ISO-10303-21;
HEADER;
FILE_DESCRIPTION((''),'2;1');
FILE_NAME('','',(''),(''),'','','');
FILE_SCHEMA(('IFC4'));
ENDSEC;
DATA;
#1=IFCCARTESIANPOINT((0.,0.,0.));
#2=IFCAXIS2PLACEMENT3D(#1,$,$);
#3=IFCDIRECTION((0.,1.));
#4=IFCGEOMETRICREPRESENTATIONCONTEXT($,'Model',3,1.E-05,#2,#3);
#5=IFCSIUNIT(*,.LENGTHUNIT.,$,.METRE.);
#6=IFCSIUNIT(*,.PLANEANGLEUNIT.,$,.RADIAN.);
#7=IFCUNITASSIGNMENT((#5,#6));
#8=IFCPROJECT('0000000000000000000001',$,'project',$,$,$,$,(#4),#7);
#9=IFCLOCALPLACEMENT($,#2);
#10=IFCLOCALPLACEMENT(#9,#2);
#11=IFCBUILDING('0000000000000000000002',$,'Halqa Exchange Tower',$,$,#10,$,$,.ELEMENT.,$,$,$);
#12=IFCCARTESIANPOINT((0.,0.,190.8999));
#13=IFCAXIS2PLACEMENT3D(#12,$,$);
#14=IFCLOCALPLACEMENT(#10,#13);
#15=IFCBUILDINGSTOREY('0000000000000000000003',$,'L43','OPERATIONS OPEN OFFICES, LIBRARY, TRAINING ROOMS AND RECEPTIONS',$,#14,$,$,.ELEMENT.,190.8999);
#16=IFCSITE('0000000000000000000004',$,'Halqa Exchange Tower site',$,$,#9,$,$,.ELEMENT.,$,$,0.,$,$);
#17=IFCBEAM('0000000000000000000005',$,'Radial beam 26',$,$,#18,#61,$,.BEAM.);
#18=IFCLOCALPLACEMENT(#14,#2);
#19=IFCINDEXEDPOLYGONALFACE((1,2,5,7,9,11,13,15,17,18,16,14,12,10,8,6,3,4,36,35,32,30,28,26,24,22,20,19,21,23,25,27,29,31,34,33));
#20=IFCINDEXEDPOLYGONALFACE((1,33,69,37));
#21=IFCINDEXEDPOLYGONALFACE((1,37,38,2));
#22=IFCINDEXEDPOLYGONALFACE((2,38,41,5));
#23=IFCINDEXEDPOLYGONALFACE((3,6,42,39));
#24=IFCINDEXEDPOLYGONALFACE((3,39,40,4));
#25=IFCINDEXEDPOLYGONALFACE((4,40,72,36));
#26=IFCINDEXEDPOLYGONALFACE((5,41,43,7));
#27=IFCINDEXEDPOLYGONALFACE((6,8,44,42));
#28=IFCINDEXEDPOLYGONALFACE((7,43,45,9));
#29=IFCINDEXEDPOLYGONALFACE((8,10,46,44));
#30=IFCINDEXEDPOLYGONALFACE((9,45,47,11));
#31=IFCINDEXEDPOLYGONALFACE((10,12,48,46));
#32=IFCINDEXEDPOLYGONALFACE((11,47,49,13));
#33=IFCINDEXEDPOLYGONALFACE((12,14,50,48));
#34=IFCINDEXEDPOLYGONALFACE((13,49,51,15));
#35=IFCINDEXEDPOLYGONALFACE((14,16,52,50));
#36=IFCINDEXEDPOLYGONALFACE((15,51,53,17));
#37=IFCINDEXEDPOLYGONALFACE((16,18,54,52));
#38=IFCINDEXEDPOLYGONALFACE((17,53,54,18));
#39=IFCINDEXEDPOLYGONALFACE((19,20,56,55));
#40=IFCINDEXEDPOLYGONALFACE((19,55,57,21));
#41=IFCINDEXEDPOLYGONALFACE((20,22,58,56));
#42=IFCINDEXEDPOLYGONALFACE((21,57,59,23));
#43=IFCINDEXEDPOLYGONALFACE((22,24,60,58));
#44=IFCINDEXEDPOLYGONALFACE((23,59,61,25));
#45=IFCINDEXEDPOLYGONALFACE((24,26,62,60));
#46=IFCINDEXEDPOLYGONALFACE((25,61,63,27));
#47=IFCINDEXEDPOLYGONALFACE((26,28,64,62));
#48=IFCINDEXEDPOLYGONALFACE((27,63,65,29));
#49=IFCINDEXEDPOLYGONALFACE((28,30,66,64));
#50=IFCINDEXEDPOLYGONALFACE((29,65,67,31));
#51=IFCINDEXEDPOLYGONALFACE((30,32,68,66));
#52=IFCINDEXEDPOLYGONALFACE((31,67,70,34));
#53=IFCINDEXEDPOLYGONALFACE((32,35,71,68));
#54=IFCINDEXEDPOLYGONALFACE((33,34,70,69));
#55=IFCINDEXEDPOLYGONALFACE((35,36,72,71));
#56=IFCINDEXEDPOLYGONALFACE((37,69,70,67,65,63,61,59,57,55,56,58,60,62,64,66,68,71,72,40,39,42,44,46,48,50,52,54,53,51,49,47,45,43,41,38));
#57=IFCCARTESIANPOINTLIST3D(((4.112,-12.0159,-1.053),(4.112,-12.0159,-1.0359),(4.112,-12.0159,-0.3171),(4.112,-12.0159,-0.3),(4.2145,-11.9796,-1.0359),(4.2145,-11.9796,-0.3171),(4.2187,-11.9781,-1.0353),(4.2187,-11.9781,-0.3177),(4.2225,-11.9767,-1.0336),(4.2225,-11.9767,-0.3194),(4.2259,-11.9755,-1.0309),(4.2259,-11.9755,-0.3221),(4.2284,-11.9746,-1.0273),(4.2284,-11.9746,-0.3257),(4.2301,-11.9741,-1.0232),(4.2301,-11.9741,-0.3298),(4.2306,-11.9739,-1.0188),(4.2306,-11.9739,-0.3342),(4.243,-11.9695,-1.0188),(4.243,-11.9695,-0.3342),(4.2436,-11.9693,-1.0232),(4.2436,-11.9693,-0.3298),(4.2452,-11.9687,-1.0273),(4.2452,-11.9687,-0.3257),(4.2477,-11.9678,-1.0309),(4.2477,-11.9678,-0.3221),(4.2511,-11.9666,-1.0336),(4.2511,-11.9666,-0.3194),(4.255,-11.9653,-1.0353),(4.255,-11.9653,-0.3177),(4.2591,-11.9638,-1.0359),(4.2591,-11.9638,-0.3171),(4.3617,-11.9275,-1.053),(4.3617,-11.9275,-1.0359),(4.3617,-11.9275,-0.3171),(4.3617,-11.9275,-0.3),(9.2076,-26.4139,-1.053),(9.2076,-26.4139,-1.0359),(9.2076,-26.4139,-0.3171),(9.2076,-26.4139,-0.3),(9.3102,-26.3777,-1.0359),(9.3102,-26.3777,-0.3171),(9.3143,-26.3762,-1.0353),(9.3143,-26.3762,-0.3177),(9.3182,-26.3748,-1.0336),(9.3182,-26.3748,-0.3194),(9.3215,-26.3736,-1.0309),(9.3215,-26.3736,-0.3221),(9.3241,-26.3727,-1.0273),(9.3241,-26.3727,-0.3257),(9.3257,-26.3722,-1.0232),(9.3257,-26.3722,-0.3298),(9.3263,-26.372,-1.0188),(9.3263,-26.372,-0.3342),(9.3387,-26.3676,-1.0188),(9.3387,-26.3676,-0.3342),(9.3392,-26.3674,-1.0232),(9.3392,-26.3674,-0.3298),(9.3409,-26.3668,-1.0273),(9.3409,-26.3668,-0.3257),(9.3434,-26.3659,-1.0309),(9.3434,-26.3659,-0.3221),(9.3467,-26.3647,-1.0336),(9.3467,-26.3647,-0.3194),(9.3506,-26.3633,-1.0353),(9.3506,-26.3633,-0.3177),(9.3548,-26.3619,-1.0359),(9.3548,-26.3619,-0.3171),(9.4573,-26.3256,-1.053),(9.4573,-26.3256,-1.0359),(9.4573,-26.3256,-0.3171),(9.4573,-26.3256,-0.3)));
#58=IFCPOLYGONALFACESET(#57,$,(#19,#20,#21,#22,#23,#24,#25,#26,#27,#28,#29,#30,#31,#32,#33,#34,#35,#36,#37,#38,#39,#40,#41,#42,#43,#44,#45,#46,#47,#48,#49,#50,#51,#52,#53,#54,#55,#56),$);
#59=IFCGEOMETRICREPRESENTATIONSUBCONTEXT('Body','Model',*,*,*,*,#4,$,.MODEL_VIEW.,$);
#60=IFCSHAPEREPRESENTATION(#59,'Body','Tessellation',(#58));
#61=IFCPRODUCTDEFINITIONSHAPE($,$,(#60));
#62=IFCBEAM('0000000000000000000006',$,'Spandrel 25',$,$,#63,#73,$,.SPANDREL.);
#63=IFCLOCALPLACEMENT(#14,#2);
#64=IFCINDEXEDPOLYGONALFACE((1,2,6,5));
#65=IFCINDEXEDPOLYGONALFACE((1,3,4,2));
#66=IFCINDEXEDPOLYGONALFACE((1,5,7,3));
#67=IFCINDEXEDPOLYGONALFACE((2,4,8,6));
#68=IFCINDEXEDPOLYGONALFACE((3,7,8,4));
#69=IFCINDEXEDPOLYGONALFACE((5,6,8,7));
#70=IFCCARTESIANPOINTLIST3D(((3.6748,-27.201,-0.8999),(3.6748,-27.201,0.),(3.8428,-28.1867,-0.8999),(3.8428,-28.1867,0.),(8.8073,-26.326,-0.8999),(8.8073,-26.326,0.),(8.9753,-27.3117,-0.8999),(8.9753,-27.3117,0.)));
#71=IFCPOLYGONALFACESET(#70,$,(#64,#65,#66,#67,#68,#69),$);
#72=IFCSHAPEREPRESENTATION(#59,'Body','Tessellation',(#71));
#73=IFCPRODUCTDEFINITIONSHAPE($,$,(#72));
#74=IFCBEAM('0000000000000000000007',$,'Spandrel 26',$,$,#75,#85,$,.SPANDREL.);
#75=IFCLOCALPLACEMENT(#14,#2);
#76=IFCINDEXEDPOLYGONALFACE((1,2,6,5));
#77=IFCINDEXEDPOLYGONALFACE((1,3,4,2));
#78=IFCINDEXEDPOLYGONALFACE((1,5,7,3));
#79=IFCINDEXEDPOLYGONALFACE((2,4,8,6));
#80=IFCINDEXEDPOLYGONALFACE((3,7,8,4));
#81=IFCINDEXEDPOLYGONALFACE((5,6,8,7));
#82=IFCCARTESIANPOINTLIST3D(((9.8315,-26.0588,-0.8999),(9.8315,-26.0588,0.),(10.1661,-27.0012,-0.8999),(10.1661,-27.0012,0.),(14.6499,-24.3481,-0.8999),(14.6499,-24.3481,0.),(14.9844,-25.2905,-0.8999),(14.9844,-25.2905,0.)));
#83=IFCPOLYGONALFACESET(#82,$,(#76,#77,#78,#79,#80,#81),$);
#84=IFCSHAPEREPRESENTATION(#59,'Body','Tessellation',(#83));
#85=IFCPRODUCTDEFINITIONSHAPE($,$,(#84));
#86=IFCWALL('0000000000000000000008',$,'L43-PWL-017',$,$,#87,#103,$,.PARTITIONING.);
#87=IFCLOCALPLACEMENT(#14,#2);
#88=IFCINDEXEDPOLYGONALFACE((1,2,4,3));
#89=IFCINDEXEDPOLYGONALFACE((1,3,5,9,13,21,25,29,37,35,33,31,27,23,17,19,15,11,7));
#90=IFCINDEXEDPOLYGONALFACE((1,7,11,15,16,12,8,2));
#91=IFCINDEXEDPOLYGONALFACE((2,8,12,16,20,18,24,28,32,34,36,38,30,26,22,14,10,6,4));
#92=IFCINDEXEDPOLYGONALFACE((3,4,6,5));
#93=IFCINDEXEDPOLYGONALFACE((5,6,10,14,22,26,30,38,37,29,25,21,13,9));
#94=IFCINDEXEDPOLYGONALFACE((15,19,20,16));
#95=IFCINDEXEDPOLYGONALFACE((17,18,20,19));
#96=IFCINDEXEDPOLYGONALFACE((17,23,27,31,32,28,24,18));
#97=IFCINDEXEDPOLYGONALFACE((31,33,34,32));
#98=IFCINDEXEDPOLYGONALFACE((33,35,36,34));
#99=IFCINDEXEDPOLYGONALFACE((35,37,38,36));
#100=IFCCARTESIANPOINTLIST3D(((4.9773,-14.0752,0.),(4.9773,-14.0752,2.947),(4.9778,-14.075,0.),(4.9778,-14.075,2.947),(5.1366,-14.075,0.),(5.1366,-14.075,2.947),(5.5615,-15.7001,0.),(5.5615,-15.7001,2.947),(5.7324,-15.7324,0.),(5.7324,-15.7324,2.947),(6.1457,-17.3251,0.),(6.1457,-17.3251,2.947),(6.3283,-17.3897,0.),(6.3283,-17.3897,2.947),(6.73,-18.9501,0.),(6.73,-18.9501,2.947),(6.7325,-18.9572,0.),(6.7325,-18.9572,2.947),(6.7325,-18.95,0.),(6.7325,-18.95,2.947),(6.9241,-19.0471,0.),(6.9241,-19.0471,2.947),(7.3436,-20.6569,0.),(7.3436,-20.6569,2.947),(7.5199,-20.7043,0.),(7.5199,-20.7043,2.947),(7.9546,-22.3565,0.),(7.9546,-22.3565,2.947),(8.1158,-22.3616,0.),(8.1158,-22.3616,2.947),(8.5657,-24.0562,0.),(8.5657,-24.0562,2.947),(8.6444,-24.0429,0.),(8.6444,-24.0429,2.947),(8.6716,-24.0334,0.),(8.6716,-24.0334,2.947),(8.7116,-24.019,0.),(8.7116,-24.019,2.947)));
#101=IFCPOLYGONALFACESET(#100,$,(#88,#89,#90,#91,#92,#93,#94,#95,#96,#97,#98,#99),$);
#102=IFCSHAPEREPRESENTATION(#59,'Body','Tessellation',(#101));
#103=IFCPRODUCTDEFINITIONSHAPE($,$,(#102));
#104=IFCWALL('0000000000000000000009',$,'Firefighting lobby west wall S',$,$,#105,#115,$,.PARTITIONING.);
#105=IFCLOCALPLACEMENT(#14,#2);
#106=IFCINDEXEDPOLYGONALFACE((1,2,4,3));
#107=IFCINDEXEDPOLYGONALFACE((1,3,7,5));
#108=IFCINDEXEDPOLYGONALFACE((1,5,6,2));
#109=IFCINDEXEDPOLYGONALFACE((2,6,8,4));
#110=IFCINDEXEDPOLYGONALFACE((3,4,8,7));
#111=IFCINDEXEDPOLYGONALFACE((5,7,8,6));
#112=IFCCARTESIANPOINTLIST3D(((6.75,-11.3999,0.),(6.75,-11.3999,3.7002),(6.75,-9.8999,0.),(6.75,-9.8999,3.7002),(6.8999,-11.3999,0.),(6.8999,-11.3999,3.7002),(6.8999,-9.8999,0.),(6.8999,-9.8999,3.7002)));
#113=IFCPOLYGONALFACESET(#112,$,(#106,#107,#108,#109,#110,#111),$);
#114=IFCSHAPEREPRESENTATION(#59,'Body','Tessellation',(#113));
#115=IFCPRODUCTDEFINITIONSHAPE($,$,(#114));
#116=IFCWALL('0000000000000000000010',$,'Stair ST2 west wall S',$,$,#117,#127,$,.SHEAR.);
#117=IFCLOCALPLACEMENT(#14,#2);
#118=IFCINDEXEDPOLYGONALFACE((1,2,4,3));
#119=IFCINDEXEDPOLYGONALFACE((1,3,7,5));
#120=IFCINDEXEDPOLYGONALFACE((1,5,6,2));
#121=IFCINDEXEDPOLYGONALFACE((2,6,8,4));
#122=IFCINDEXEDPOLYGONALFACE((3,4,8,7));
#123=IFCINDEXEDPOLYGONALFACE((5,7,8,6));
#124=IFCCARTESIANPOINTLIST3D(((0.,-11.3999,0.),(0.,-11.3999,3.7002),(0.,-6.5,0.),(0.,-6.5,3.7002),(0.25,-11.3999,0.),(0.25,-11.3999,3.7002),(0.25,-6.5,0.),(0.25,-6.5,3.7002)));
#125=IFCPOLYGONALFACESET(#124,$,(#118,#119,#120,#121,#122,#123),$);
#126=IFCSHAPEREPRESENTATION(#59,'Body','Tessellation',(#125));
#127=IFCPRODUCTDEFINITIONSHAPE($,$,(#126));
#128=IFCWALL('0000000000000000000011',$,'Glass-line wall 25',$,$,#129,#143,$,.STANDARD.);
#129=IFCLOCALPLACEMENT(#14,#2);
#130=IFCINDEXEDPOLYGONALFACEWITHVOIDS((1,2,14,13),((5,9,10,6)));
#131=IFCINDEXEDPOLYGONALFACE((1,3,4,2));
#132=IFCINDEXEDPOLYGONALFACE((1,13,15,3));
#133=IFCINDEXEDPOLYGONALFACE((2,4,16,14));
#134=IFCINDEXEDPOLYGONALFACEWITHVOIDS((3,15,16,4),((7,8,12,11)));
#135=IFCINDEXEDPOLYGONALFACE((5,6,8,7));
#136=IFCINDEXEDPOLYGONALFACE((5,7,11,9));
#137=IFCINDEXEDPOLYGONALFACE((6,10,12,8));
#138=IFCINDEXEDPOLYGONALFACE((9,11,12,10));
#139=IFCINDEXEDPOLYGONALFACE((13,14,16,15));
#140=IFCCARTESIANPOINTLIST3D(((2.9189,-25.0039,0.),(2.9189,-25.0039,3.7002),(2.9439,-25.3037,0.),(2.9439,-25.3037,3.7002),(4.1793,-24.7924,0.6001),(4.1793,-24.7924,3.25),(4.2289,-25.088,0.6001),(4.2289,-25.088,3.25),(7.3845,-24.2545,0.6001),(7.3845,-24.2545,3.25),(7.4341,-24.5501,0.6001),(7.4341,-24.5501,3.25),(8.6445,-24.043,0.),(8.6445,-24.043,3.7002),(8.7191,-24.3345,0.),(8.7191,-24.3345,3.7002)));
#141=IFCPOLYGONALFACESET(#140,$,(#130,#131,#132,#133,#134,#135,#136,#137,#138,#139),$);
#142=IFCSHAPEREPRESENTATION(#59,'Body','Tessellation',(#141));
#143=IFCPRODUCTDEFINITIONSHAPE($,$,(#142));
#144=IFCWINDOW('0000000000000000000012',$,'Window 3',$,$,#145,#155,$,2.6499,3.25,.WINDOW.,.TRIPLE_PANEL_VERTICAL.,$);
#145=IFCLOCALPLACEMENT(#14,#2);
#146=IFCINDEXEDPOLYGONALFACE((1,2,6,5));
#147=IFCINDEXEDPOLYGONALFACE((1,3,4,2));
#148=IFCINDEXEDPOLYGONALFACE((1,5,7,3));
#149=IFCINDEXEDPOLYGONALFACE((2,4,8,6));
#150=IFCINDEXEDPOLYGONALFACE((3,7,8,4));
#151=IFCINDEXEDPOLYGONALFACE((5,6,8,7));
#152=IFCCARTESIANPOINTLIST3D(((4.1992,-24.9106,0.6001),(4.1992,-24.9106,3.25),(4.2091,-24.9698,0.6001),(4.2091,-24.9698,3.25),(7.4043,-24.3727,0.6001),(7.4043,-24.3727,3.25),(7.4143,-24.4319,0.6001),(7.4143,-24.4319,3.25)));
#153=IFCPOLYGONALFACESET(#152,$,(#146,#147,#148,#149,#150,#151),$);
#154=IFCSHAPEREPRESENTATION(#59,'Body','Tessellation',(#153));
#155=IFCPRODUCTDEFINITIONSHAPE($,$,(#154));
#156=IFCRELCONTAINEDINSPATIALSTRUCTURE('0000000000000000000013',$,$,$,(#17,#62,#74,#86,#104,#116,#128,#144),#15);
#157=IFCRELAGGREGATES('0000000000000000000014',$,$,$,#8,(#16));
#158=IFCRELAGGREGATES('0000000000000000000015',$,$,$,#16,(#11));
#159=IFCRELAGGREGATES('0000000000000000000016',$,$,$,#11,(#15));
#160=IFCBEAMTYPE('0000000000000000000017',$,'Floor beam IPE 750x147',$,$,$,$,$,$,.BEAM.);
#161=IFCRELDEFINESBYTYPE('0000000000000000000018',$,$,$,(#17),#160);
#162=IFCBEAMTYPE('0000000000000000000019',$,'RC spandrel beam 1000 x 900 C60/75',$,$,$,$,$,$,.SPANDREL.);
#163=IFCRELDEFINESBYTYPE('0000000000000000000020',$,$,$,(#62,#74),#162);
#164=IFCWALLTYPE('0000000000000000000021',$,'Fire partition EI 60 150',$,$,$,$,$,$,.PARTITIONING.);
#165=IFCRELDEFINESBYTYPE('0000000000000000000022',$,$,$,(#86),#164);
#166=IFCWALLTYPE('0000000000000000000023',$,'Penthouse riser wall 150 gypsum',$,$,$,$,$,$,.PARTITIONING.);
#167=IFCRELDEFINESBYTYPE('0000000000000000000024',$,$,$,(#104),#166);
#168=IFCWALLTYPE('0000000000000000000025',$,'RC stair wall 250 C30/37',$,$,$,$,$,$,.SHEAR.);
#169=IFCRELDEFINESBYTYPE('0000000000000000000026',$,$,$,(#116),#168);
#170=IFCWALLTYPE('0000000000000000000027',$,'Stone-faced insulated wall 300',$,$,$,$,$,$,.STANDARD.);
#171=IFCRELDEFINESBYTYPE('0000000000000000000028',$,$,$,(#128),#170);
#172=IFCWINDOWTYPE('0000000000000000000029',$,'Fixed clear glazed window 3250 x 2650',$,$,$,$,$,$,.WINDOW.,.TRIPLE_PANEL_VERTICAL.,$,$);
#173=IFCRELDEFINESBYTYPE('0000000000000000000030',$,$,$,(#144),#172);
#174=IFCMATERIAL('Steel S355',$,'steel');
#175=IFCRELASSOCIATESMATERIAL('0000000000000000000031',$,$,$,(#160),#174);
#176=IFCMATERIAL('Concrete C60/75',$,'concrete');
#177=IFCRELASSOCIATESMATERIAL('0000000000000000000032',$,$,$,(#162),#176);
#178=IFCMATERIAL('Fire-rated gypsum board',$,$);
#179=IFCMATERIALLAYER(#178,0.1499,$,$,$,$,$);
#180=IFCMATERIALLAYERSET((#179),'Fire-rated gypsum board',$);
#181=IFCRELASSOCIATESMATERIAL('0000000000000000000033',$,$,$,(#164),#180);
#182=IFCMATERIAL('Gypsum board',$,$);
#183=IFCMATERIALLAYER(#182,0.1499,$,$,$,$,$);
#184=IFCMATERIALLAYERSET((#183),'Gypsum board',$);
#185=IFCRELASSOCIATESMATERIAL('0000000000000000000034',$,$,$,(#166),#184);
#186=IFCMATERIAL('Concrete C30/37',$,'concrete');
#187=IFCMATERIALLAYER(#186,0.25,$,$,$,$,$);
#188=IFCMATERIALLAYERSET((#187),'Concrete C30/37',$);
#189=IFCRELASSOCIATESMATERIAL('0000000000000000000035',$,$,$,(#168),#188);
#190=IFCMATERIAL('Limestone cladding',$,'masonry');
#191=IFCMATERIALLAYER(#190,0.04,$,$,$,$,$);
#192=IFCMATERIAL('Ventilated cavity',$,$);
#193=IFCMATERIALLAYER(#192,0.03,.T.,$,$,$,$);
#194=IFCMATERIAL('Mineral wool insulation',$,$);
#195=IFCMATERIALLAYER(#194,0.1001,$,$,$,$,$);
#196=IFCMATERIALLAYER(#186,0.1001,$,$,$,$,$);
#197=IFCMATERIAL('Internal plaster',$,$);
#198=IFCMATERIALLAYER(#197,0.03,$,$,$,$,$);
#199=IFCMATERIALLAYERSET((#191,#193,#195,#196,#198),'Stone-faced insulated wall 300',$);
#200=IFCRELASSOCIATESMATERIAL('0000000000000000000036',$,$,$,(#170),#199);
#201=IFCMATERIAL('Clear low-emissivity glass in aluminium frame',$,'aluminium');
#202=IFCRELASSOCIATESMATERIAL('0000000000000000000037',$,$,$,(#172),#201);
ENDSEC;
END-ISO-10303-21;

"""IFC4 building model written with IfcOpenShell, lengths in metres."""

from ifc_helpers import new_model, si_unit, direction, frame, frame_2d, origin, origin_2d, place, context, subcontext, project, spatial, polyline, rectangle, i_section, outline, extrude, material, layer, layer_set, material_profile, profile_set, type_object, element, fill, save


model = new_model("IFC4")

# Units and contexts
model_context = context("Model", 3, precision=1e-05, world=origin(), true_north=direction((0.0, 1.0)))
body_context = subcontext(model_context, "Body", "Model", "MODEL_VIEW")
ifc_project = project(units=[si_unit("LENGTHUNIT", "METRE"), si_unit("PLANEANGLEUNIT", "RADIAN")], contexts=[model_context])

# Site, building, storey
site_placement = place(None, origin())
site = spatial("IfcSite", under=ifc_project, at=site_placement, Name="Halqa Exchange Tower site", CompositionType="ELEMENT", RefElevation=0.0)
building_placement = place(site_placement, origin())
building = spatial("IfcBuilding", under=site, at=building_placement, Name="Halqa Exchange Tower", CompositionType="ELEMENT")
storey_placement = place(building_placement, frame((0.0, 0.0, 190.8999)))
storey = spatial("IfcBuildingStorey", under=building, at=storey_placement, Name="L43", Description="OPERATIONS OPEN OFFICES, LIBRARY, TRAINING ROOMS AND RECEPTIONS", CompositionType="ELEMENT", Elevation=190.8999)

# Shared definitions
ifc_material_1 = material(Name="Concrete C60/75", Category="concrete")

# Beams
ifc_material_2 = material(Name="Steel S355", Category="steel")
ifc_material_profile_1 = material_profile(ifc_material_2, i_section(OverallWidth=0.2649, OverallDepth=0.7529, WebThickness=0.0132, FlangeThickness=0.0171, FilletRadius=0.0171, at=origin_2d()), Name="IPE 750x147")
ifc_profile_set_1 = profile_set([ifc_material_profile_1], Name="Steel S355")
beam_type_1 = type_object("IfcBeamType", Name="Floor beam IPE 750x147", PredefinedType="BEAM", material=ifc_profile_set_1)
beam_1_placement = place(storey_placement, frame((4.2368, -11.9717, -0.6765), z_axis=(0.333634, -0.942703, 0.0), x_axis=(0.942703, 0.333634, 0.0)))
element("IfcBeam", 1, at=beam_1_placement, inside=storey, type_object=beam_type_1, Name="Radial beam 26", PredefinedType="BEAM", context=body_context, shape_type="SweptSolid", body=[
    extrude(i_section(OverallWidth=0.2649, OverallDepth=0.7529, WebThickness=0.0132, FlangeThickness=0.0171, FilletRadius=0.0171, at=origin_2d()), origin(), (0.0, 0.0, 1.0), 15.2732),
])
ifc_material_profile_2 = material_profile(ifc_material_1, rectangle(XDim=1.0, YDim=0.8999, at=origin_2d()), Name="1000 x 900")
ifc_profile_set_2 = profile_set([ifc_material_profile_2], Name="Concrete C60/75")
beam_type_2 = type_object("IfcBeamType", Name="RC spandrel beam 1000 x 900 C60/75", PredefinedType="SPANDREL", material=ifc_profile_set_2)
beam_2_placement = place(storey_placement, frame((3.7588, -27.6938, -0.45), z_axis=(0.985778, 0.168055, 0.0), x_axis=(-0.168055, 0.985778, 0.0)))
element("IfcBeam", 2, at=beam_2_placement, inside=storey, type_object=beam_type_2, Name="Spandrel 25", PredefinedType="SPANDREL", context=body_context, shape_type="SweptSolid", body=[
    extrude(rectangle(XDim=1.0, YDim=0.8999, at=origin_2d()), origin(), (0.0, 0.0, 1.0), 5.2065),
])
beam_3_placement = place(storey_placement, frame((9.9988, -26.53, -0.45), z_axis=(0.942369, 0.334575, 0.0), x_axis=(-0.334575, 0.942369, 0.0)))
element("IfcBeam", 3, at=beam_3_placement, inside=storey, type_object=beam_type_2, Name="Spandrel 26", PredefinedType="SPANDREL", context=body_context, shape_type="SweptSolid", body=[
    extrude(rectangle(XDim=1.0, YDim=0.8999, at=origin_2d()), origin(), (0.0, 0.0, 1.0), 5.113),
])

# Wall
ifc_material_3 = material(Name="Fire-rated gypsum board")
ifc_layer_1 = layer(ifc_material_3, 0.1499)
ifc_layer_set_1 = layer_set([ifc_layer_1], Name="Fire-rated gypsum board")
wall_type_1 = type_object("IfcWallType", Name="Fire partition EI 60 150", PredefinedType="PARTITIONING", material=ifc_layer_set_1)
wall_1_placement = place(storey_placement, frame((5.0479, -14.0498, 0.0), z_axis=(0.0, 0.0, 1.0), x_axis=(0.338319, -0.941031, 0.0)))
element("IfcWall", 4, at=wall_1_placement, inside=storey, type_object=wall_type_1, Name="L43-PWL-017", PredefinedType="PARTITIONING", context=body_context, shape_type="SweptSolid", body=[
    extrude(outline(polyline([(0.0, -0.075), (1.7268, -0.075), (3.4536, -0.075), (5.1804, -0.075), (5.1812, -0.0725), (5.188, -0.075), (6.9941, -0.075), (8.8003, -0.075), (10.6064, -0.075), (10.6206, 0.0037), (10.6208, 0.0325), (10.6208, 0.075), (8.8596, 0.075), (7.0984, 0.075), (5.3374, 0.075), (3.5762, 0.075), (1.8149, 0.075), (0.0537, 0.075), (0.0, -0.0745), (0.0, -0.075)])), origin(), (0.0, 0.0, 1.0), 2.947),
])

# Shared definitions
ifc_material_4 = material(Name="Gypsum board")

# Walls
ifc_layer_2 = layer(ifc_material_4, 0.1499)
ifc_layer_set_2 = layer_set([ifc_layer_2], Name="Gypsum board")
wall_type_2 = type_object("IfcWallType", Name="Penthouse riser wall 150 gypsum", PredefinedType="PARTITIONING", material=ifc_layer_set_2)
wall_2_placement = place(storey_placement, frame((6.825, -11.3999, 0.0), z_axis=(0.0, 0.0, 1.0), x_axis=(0.0, 1.0, 0.0)))
element("IfcWall", 5, at=wall_2_placement, inside=storey, type_object=wall_type_2, Name="Firefighting lobby west wall S", PredefinedType="PARTITIONING", context=body_context, shape_type="SweptSolid", body=[
    extrude(rectangle(XDim=1.5, YDim=0.1499, at=frame_2d((0.75, 0.0))), origin(), (0.0, 0.0, 1.0), 3.7002),
])
ifc_material_5 = material(Name="Concrete C30/37", Category="concrete")
ifc_layer_3 = layer(ifc_material_5, 0.25)
ifc_layer_set_3 = layer_set([ifc_layer_3], Name="Concrete C30/37")
wall_type_3 = type_object("IfcWallType", Name="RC stair wall 250 C30/37", PredefinedType="SHEAR", material=ifc_layer_set_3)
wall_3_placement = place(storey_placement, frame((0.125, -11.3999, 0.0), z_axis=(0.0, 0.0, 1.0), x_axis=(0.0, 1.0, 0.0)))
element("IfcWall", 6, at=wall_3_placement, inside=storey, type_object=wall_type_3, Name="Stair ST2 west wall S", PredefinedType="SHEAR", context=body_context, shape_type="SweptSolid", body=[
    extrude(rectangle(XDim=4.8999, YDim=0.25, at=frame_2d((2.45, 0.0))), origin(), (0.0, 0.0, 1.0), 3.7002),
])

# Wall, opening, window
ifc_material_6 = material(Name="Limestone cladding", Category="masonry")
ifc_layer_4 = layer(ifc_material_6, 0.04)
ifc_material_7 = material(Name="Ventilated cavity")
ifc_layer_5 = layer(ifc_material_7, 0.03, ventilated=True)
ifc_material_8 = material(Name="Mineral wool insulation")
ifc_layer_6 = layer(ifc_material_8, 0.1001)
ifc_layer_7 = layer(ifc_material_5, 0.1001)
ifc_material_9 = material(Name="Internal plaster")
ifc_layer_8 = layer(ifc_material_9, 0.03)
ifc_layer_set_4 = layer_set([ifc_layer_4, ifc_layer_5, ifc_layer_6, ifc_layer_7, ifc_layer_8], Name="Stone-faced insulated wall 300")
wall_type_4 = type_object("IfcWallType", Name="Stone-faced insulated wall 300", PredefinedType="STANDARD", material=ifc_layer_set_4)
wall_4_placement = place(storey_placement, frame((2.9314, -25.1538, 0.0), z_axis=(0.0, 0.0, 1.0), x_axis=(0.986208, 0.165512, 0.0)))
wall_4 = element("IfcWall", 7, at=wall_4_placement, inside=storey, type_object=wall_type_4, Name="Glass-line wall 25", PredefinedType="STANDARD", context=body_context, shape_type="SweptSolid", body=[
    extrude(outline(polyline([(-0.0125, -0.1499), (5.8435, -0.1499), (5.8181, 0.1499), (0.0125, 0.1499), (-0.0125, -0.1499)])), origin(), (0.0, 0.0, 1.0), 3.7002),
])
opening_1_placement = place(wall_4_placement, frame((1.2905, 0.0, 0.6001)))
opening_1 = element("IfcOpeningElement", 8, at=opening_1_placement, cuts=wall_4, PredefinedType="OPENING", context=body_context, shape_type="SweptSolid", body=[
    extrude(rectangle(XDim=3.25, YDim=2.6499, at=frame_2d((1.625, 1.325))), frame((0.0, 0.1621, 0.0), z_axis=(0.0, -1.0, 0.0), x_axis=(1.0, 0.0, 0.0)), (0.0, 0.0, 1.0), 0.324),
])
ifc_material_10 = material(Name="Clear low-emissivity glass in aluminium frame", Category="aluminium")
window_type = type_object("IfcWindowType", Name="Fixed clear glazed window 3250 x 2650", PartitioningType="TRIPLE_PANEL_VERTICAL", PredefinedType="WINDOW", material=ifc_material_10)
window_1_placement = place(opening_1_placement, origin())
window_1 = element("IfcWindow", 9, at=window_1_placement, inside=storey, type_object=window_type, Name="Window 3", OverallHeight=2.6499, OverallWidth=3.25, PartitioningType="TRIPLE_PANEL_VERTICAL", PredefinedType="WINDOW", context=body_context, shape_type="SweptSolid", body=[
    extrude(rectangle(XDim=3.25, YDim=2.6499, at=frame_2d((1.625, 1.325))), frame((0.0, 0.03, 0.0), z_axis=(0.0, -1.0, 0.0), x_axis=(1.0, 0.0, 0.0)), (0.0, 0.0, 1.0), 0.0601),
])
fill(opening_1, window_1)

save(model, "model.ifc")
